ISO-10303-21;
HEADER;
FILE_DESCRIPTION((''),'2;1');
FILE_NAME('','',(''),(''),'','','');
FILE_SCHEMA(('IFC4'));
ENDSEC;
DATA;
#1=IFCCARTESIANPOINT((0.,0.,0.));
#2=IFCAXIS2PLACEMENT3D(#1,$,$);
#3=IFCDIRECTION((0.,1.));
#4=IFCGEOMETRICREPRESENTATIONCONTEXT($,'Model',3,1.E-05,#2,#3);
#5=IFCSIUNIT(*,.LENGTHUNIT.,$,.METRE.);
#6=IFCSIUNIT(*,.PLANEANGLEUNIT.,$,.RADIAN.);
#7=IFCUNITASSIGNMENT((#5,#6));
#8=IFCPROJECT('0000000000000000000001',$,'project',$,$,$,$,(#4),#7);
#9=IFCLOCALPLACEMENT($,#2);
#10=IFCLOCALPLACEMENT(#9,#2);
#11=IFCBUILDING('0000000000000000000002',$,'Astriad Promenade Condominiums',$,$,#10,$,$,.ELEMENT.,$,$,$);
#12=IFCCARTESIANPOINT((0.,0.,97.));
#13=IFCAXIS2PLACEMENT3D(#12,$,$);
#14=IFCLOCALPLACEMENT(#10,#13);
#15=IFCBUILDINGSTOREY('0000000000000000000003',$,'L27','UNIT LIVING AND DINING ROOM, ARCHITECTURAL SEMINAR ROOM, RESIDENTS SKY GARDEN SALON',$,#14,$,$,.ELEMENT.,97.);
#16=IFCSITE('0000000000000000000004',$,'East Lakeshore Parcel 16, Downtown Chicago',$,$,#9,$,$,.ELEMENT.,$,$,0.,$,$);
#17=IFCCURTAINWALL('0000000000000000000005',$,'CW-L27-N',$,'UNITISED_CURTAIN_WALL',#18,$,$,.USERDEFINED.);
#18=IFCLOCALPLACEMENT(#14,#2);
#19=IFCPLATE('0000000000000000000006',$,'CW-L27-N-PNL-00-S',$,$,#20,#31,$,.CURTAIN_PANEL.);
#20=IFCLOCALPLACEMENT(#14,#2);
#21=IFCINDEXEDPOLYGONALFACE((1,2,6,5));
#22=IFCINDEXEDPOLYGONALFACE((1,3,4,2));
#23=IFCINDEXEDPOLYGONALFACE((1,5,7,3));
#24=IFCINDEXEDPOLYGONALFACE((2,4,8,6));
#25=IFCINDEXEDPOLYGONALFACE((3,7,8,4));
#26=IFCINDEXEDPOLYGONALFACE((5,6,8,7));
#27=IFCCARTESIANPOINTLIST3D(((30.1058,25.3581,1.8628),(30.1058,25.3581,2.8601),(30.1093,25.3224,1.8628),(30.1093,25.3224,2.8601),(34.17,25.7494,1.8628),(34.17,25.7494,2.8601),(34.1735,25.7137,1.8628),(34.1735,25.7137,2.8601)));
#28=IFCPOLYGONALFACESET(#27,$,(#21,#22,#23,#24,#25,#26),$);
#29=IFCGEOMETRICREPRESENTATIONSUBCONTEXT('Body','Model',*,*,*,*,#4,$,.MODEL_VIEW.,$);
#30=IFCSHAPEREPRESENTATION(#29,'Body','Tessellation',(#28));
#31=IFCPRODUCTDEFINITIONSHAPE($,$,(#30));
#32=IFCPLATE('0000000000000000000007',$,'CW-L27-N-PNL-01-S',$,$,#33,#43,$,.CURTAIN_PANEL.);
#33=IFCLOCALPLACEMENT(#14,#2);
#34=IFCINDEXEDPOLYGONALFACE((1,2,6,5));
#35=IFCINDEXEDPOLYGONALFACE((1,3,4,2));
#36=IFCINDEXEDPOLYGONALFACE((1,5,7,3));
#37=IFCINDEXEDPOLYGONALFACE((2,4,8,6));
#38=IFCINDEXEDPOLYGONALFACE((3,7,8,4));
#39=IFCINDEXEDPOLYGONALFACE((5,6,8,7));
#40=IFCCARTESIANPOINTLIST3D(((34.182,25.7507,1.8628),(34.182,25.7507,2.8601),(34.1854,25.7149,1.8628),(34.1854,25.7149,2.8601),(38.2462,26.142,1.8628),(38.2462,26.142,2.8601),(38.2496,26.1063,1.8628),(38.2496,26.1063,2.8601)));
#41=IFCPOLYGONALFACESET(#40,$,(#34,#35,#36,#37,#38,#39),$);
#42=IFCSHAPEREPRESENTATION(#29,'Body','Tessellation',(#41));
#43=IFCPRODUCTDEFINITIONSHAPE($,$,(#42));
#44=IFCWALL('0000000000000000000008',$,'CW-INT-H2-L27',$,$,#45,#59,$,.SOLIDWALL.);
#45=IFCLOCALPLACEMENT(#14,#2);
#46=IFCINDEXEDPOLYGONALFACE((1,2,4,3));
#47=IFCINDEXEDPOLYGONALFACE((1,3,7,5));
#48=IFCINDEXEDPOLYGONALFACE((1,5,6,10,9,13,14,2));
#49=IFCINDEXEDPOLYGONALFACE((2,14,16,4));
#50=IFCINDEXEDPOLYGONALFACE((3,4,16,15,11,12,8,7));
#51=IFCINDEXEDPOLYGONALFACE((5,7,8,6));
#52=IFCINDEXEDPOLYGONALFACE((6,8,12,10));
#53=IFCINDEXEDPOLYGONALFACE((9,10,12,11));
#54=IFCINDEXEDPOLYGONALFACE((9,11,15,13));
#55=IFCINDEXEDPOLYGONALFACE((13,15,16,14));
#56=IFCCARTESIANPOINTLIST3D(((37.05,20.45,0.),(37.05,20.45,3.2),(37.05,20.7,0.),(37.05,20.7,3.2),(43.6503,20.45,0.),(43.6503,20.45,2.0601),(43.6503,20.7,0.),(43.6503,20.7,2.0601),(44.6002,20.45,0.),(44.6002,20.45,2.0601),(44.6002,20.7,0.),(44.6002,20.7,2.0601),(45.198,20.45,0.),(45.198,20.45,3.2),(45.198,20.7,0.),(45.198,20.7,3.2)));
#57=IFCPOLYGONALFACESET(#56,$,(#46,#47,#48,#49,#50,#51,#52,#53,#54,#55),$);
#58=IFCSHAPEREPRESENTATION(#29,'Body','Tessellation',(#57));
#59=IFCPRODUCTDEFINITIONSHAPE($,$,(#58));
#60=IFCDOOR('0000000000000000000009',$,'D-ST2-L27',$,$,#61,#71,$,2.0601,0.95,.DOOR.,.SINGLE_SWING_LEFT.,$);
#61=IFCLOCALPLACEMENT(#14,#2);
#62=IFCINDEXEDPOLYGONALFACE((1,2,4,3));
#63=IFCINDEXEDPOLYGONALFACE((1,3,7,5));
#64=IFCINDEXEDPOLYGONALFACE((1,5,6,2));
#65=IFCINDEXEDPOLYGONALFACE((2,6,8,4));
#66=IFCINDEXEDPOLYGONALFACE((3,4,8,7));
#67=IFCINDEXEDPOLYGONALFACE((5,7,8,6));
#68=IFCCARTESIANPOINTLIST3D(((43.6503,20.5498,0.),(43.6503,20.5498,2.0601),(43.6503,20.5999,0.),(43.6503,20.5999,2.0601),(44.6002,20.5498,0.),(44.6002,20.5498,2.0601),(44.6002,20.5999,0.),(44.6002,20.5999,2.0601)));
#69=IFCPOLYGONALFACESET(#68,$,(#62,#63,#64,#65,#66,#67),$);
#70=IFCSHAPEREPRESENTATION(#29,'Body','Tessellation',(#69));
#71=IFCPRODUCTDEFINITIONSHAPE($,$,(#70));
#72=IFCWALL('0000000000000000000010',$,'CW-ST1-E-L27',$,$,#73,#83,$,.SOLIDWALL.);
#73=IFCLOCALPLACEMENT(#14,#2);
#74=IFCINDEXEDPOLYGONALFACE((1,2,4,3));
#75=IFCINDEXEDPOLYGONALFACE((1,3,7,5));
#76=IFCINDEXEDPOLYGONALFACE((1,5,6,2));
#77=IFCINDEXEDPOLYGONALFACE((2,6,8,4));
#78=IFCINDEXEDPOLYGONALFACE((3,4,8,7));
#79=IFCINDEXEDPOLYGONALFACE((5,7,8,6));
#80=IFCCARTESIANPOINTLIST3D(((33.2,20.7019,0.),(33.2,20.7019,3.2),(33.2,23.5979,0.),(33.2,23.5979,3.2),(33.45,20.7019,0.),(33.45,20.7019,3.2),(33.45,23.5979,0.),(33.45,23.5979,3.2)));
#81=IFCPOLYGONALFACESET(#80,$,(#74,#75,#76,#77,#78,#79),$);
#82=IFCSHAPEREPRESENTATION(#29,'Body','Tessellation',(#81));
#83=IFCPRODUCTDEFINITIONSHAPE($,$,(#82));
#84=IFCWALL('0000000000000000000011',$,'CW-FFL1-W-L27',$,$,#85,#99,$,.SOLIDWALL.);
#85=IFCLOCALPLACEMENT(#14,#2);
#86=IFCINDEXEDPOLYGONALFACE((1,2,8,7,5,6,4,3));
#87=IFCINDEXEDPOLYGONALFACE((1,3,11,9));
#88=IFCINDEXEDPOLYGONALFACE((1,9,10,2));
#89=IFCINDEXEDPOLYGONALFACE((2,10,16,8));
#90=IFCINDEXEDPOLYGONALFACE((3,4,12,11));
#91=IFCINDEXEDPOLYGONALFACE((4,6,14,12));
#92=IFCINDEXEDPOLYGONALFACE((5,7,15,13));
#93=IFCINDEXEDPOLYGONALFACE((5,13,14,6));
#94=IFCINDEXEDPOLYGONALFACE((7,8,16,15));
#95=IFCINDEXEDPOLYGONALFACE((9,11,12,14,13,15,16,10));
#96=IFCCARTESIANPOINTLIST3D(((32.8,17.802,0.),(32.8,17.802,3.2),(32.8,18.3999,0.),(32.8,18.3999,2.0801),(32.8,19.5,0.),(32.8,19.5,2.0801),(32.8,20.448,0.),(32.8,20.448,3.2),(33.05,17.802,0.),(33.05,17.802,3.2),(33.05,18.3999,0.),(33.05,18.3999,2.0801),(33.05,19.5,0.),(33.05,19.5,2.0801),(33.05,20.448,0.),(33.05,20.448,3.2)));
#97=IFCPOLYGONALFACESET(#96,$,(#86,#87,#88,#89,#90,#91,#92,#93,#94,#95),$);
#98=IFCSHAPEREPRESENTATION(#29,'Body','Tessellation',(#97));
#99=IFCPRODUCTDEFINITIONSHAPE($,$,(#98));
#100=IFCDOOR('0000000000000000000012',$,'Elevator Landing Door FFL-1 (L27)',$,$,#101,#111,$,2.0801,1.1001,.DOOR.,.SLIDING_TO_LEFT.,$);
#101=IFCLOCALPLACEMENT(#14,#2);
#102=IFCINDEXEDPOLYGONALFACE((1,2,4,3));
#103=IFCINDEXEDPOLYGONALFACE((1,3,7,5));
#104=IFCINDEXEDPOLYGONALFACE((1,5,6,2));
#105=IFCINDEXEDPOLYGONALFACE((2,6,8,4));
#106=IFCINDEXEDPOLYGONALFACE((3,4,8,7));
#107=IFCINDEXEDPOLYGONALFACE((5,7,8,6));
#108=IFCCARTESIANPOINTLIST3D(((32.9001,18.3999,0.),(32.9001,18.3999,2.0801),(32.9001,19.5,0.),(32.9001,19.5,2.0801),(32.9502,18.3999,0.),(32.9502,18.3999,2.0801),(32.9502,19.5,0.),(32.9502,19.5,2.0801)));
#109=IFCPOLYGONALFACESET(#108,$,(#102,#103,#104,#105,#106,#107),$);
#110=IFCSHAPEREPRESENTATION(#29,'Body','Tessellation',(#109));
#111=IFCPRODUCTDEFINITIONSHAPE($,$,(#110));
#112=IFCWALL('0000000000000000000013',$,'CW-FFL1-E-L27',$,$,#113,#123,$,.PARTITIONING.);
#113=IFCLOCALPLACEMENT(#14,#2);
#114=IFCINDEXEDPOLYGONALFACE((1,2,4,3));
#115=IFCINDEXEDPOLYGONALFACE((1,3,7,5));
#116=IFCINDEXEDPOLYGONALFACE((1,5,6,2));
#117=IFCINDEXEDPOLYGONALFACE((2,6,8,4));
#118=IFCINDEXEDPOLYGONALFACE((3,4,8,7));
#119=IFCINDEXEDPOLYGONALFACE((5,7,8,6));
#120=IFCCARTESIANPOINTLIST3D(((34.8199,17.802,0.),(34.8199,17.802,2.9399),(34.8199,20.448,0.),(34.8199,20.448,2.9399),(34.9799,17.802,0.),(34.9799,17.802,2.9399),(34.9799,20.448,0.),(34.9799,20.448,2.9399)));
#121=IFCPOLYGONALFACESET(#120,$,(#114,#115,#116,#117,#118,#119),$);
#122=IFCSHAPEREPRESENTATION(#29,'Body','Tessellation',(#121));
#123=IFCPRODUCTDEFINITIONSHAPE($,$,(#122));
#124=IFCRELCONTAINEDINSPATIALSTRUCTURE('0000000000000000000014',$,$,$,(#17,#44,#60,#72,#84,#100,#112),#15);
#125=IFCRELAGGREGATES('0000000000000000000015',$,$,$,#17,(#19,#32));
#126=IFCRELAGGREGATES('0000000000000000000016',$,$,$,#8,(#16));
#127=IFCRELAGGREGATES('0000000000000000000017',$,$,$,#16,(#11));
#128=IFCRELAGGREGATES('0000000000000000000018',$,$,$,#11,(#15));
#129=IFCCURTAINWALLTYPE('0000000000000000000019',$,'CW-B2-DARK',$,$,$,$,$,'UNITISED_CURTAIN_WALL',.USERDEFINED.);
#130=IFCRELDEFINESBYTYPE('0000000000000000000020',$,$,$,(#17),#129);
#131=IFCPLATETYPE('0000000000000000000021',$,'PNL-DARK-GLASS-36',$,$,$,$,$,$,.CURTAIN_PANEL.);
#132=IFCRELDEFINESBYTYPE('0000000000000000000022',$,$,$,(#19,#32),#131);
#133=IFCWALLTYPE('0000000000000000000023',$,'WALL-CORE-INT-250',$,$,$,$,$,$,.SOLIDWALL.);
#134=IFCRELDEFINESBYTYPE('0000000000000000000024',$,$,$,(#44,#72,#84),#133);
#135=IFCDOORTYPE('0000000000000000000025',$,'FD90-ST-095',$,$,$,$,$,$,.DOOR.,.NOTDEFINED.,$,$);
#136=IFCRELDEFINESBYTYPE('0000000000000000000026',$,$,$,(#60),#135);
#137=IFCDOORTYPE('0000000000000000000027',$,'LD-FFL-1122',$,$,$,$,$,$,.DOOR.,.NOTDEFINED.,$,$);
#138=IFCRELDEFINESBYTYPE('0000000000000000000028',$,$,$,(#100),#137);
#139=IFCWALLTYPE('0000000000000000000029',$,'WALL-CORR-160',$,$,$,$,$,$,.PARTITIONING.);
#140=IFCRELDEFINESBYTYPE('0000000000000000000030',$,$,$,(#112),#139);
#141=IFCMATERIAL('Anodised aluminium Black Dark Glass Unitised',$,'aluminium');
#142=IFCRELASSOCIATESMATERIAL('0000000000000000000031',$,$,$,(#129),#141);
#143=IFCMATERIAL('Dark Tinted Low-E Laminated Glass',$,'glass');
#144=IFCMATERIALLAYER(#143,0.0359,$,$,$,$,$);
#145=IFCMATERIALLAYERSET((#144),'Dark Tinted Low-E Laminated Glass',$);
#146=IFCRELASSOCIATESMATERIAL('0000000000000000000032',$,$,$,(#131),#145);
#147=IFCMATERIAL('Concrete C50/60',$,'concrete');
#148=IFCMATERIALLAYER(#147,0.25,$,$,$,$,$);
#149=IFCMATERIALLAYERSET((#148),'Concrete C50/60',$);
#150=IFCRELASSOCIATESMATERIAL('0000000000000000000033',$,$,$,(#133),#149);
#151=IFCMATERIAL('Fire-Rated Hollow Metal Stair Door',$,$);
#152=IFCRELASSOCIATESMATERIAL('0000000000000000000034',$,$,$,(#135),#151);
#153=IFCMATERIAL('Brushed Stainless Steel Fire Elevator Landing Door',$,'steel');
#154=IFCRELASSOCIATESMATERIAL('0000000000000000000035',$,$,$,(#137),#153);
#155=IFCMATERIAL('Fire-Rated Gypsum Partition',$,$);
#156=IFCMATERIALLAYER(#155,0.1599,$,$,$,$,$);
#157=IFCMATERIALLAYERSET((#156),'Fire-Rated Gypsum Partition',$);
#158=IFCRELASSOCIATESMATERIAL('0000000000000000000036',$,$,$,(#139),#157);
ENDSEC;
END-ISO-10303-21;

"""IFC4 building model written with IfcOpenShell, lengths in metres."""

from ifc_helpers import new_model, si_unit, direction, frame, frame_2d, origin, origin_2d, place, context, subcontext, project, spatial, rectangle, extrude, source, transform, mapped, material, layer, layer_set, type_object, type_shapes, element, fill, aggregate, save


model = new_model("IFC4")

# Units and contexts
model_context = context("Model", 3, precision=1e-05, world=origin(), true_north=direction((0.0, 1.0)))
body_context = subcontext(model_context, "Body", "Model", "MODEL_VIEW")
ifc_project = project(units=[si_unit("LENGTHUNIT", "METRE"), si_unit("PLANEANGLEUNIT", "RADIAN")], contexts=[model_context])

# Site, building, storey
site_placement = place(None, origin())
site = spatial("IfcSite", under=ifc_project, at=site_placement, Name="East Lakeshore Parcel 16, Downtown Chicago", CompositionType="ELEMENT", RefElevation=0.0)
building_placement = place(site_placement, origin())
building = spatial("IfcBuilding", under=site, at=building_placement, Name="Astriad Promenade Condominiums", CompositionType="ELEMENT")
storey_placement = place(building_placement, frame((0.0, 0.0, 97.0)))
storey = spatial("IfcBuildingStorey", under=building, at=storey_placement, Name="L27", Description="UNIT LIVING AND DINING ROOM, ARCHITECTURAL SEMINAR ROOM, RESIDENTS SKY GARDEN SALON", CompositionType="ELEMENT", Elevation=97.0)

# Curtain wall, plates
ifc_material_1 = material(Name="Anodised aluminium Black Dark Glass Unitised", Category="aluminium")
curtain_wall_type = type_object("IfcCurtainWallType", Name="CW-B2-DARK", ElementType="UNITISED_CURTAIN_WALL", PredefinedType="USERDEFINED", material=ifc_material_1)
curtain_wall_placement = place(storey_placement, origin())
curtain_wall = element("IfcCurtainWall", 1, at=curtain_wall_placement, inside=storey, type_object=curtain_wall_type, Name="CW-L27-N", ObjectType="UNITISED_CURTAIN_WALL", PredefinedType="USERDEFINED")
ifc_material_2 = material(Name="Dark Tinted Low-E Laminated Glass", Category="glass")
ifc_layer_1 = layer(ifc_material_2, 0.0359)
ifc_layer_set_1 = layer_set([ifc_layer_1], Name="Dark Tinted Low-E Laminated Glass")
plate_type = type_object("IfcPlateType", Name="PNL-DARK-GLASS-36", PredefinedType="CURTAIN_PANEL", material=ifc_layer_set_1)
shared_shape_1 = source(origin(), body_context, "Body", "SweptSolid", [
    extrude(rectangle(XDim=4.083, YDim=0.0359, at=origin_2d()), origin(), (0.0, 0.0, 1.0), 0.9973),
])
plate_1_placement = place(storey_placement, frame((32.1396, 25.5359, 1.8628), z_axis=(0.0, 0.0, 1.0), x_axis=(0.995396, 0.095846, 0.0)))
plate_1 = element("IfcPlate", 2, at=plate_1_placement, type_object=plate_type, Name="CW-L27-N-PNL-00-S", PredefinedType="CURTAIN_PANEL", context=body_context, shape_type="MappedRepresentation", body=[
    mapped(shared_shape_1, transform((0.0, 0.0, 0.0), scale=1.0)),
])
plate_2_placement = place(storey_placement, frame((36.2158, 25.9285, 1.8628), z_axis=(0.0, 0.0, 1.0), x_axis=(0.995396, 0.095846, 0.0)))
plate_2 = element("IfcPlate", 3, at=plate_2_placement, type_object=plate_type, Name="CW-L27-N-PNL-01-S", PredefinedType="CURTAIN_PANEL", context=body_context, shape_type="MappedRepresentation", body=[
    mapped(shared_shape_1, transform((0.0, 0.0, 0.0), scale=1.0)),
])
aggregate(curtain_wall, [plate_1, plate_2])

# Wall, opening, door
ifc_material_3 = material(Name="Concrete C50/60", Category="concrete")
ifc_layer_2 = layer(ifc_material_3, 0.25)
ifc_layer_set_2 = layer_set([ifc_layer_2], Name="Concrete C50/60")
wall_type_1 = type_object("IfcWallType", Name="WALL-CORE-INT-250", PredefinedType="SOLIDWALL", material=ifc_layer_set_2)
wall_1_placement = place(storey_placement, frame((37.05, 20.575, 0.0), z_axis=(0.0, 0.0, 1.0), x_axis=(1.0, 0.0, 0.0)))
wall_1 = element("IfcWall", 4, at=wall_1_placement, inside=storey, type_object=wall_type_1, Name="CW-INT-H2-L27", PredefinedType="SOLIDWALL", context=body_context, shape_type="SweptSolid", body=[
    extrude(rectangle(XDim=8.1479, YDim=0.25, at=frame_2d((4.074, 0.0))), origin(), (0.0, 0.0, 1.0), 3.2),
])
opening_1_placement = place(wall_1_placement, frame((6.6001, 0.0, 0.0)))
opening_1 = element("IfcOpeningElement", 5, at=opening_1_placement, cuts=wall_1, PredefinedType="OPENING", context=body_context, shape_type="SweptSolid", body=[
    extrude(rectangle(XDim=0.95, YDim=2.0601, at=frame_2d((0.4751, 1.03))), frame((0.0, 0.135, 0.0), z_axis=(0.0, -1.0, 0.0), x_axis=(1.0, 0.0, 0.0)), (0.0, 0.0, 1.0), 0.27),
])
ifc_material_4 = material(Name="Fire-Rated Hollow Metal Stair Door")
door_type_1 = type_object("IfcDoorType", Name="FD90-ST-095", OperationType="NOTDEFINED", PredefinedType="DOOR", material=ifc_material_4)
shared_shape_2 = source(origin(), body_context, "Body", "SweptSolid", [
    extrude(rectangle(XDim=0.95, YDim=2.0601, at=frame_2d((0.4751, 1.03))), frame((0.0, 0.0249, 0.0), z_axis=(0.0, -1.0, 0.0), x_axis=(1.0, 0.0, 0.0)), (0.0, 0.0, 1.0), 0.05),
])
type_shapes(door_type_1, [shared_shape_2])
door_1_placement = place(opening_1_placement, origin())
door_1 = element("IfcDoor", 6, at=door_1_placement, inside=storey, type_object=door_type_1, Name="D-ST2-L27", OperationType="SINGLE_SWING_LEFT", OverallHeight=2.0601, OverallWidth=0.95, PredefinedType="DOOR", context=body_context, shape_type="MappedRepresentation", body=[
    mapped(shared_shape_2, transform((0.0, 0.0, 0.0), scale=1.0)),
])
fill(opening_1, door_1)

# Wall
wall_2_placement = place(storey_placement, frame((33.325, 20.7019, 0.0), z_axis=(0.0, 0.0, 1.0), x_axis=(0.0, 1.0, 0.0)))
element("IfcWall", 7, at=wall_2_placement, inside=storey, type_object=wall_type_1, Name="CW-ST1-E-L27", PredefinedType="SOLIDWALL", context=body_context, shape_type="SweptSolid", body=[
    extrude(rectangle(XDim=2.896, YDim=0.25, at=frame_2d((1.448, 0.0))), origin(), (0.0, 0.0, 1.0), 3.2),
])

# Wall, opening, door
wall_3_placement = place(storey_placement, frame((32.925, 17.802, 0.0), z_axis=(0.0, 0.0, 1.0), x_axis=(0.0, 1.0, 0.0)))
wall_3 = element("IfcWall", 8, at=wall_3_placement, inside=storey, type_object=wall_type_1, Name="CW-FFL1-W-L27", PredefinedType="SOLIDWALL", context=body_context, shape_type="SweptSolid", body=[
    extrude(rectangle(XDim=2.646, YDim=0.25, at=frame_2d((1.323, 0.0))), origin(), (0.0, 0.0, 1.0), 3.2),
])
opening_2_placement = place(wall_3_placement, frame((0.5979, 0.0, 0.0)))
opening_2 = element("IfcOpeningElement", 9, at=opening_2_placement, cuts=wall_3, PredefinedType="OPENING", context=body_context, shape_type="SweptSolid", body=[
    extrude(rectangle(XDim=1.1001, YDim=2.0801, at=frame_2d((0.55, 1.04))), frame((0.0, 0.135, 0.0), z_axis=(0.0, -1.0, 0.0), x_axis=(1.0, 0.0, 0.0)), (0.0, 0.0, 1.0), 0.27),
])
ifc_material_5 = material(Name="Brushed Stainless Steel Fire Elevator Landing Door", Category="steel")
door_type_2 = type_object("IfcDoorType", Name="LD-FFL-1122", OperationType="NOTDEFINED", PredefinedType="DOOR", material=ifc_material_5)
shared_shape_3 = source(origin(), body_context, "Body", "SweptSolid", [
    extrude(rectangle(XDim=1.1001, YDim=2.0801, at=frame_2d((0.55, 1.04))), frame((0.0, 0.0249, 0.0), z_axis=(0.0, -1.0, 0.0), x_axis=(1.0, 0.0, 0.0)), (0.0, 0.0, 1.0), 0.05),
])
type_shapes(door_type_2, [shared_shape_3])
door_2_placement = place(opening_2_placement, origin())
door_2 = element("IfcDoor", 10, at=door_2_placement, inside=storey, type_object=door_type_2, Name="Elevator Landing Door FFL-1 (L27)", OperationType="SLIDING_TO_LEFT", OverallHeight=2.0801, OverallWidth=1.1001, PredefinedType="DOOR", context=body_context, shape_type="MappedRepresentation", body=[
    mapped(shared_shape_3, transform((0.0, 0.0, 0.0), scale=1.0)),
])
fill(opening_2, door_2)

# Wall
ifc_material_6 = material(Name="Fire-Rated Gypsum Partition")
ifc_layer_3 = layer(ifc_material_6, 0.1599)
ifc_layer_set_3 = layer_set([ifc_layer_3], Name="Fire-Rated Gypsum Partition")
wall_type_2 = type_object("IfcWallType", Name="WALL-CORR-160", PredefinedType="PARTITIONING", material=ifc_layer_set_3)
wall_4_placement = place(storey_placement, frame((34.8999, 17.802, 0.0), z_axis=(0.0, 0.0, 1.0), x_axis=(0.0, 1.0, 0.0)))
element("IfcWall", 11, at=wall_4_placement, inside=storey, type_object=wall_type_2, Name="CW-FFL1-E-L27", PredefinedType="PARTITIONING", context=body_context, shape_type="SweptSolid", body=[
    extrude(rectangle(XDim=2.646, YDim=0.1599, at=frame_2d((1.323, 0.0))), origin(), (0.0, 0.0, 1.0), 2.9399),
])

save(model, "model.ifc")
